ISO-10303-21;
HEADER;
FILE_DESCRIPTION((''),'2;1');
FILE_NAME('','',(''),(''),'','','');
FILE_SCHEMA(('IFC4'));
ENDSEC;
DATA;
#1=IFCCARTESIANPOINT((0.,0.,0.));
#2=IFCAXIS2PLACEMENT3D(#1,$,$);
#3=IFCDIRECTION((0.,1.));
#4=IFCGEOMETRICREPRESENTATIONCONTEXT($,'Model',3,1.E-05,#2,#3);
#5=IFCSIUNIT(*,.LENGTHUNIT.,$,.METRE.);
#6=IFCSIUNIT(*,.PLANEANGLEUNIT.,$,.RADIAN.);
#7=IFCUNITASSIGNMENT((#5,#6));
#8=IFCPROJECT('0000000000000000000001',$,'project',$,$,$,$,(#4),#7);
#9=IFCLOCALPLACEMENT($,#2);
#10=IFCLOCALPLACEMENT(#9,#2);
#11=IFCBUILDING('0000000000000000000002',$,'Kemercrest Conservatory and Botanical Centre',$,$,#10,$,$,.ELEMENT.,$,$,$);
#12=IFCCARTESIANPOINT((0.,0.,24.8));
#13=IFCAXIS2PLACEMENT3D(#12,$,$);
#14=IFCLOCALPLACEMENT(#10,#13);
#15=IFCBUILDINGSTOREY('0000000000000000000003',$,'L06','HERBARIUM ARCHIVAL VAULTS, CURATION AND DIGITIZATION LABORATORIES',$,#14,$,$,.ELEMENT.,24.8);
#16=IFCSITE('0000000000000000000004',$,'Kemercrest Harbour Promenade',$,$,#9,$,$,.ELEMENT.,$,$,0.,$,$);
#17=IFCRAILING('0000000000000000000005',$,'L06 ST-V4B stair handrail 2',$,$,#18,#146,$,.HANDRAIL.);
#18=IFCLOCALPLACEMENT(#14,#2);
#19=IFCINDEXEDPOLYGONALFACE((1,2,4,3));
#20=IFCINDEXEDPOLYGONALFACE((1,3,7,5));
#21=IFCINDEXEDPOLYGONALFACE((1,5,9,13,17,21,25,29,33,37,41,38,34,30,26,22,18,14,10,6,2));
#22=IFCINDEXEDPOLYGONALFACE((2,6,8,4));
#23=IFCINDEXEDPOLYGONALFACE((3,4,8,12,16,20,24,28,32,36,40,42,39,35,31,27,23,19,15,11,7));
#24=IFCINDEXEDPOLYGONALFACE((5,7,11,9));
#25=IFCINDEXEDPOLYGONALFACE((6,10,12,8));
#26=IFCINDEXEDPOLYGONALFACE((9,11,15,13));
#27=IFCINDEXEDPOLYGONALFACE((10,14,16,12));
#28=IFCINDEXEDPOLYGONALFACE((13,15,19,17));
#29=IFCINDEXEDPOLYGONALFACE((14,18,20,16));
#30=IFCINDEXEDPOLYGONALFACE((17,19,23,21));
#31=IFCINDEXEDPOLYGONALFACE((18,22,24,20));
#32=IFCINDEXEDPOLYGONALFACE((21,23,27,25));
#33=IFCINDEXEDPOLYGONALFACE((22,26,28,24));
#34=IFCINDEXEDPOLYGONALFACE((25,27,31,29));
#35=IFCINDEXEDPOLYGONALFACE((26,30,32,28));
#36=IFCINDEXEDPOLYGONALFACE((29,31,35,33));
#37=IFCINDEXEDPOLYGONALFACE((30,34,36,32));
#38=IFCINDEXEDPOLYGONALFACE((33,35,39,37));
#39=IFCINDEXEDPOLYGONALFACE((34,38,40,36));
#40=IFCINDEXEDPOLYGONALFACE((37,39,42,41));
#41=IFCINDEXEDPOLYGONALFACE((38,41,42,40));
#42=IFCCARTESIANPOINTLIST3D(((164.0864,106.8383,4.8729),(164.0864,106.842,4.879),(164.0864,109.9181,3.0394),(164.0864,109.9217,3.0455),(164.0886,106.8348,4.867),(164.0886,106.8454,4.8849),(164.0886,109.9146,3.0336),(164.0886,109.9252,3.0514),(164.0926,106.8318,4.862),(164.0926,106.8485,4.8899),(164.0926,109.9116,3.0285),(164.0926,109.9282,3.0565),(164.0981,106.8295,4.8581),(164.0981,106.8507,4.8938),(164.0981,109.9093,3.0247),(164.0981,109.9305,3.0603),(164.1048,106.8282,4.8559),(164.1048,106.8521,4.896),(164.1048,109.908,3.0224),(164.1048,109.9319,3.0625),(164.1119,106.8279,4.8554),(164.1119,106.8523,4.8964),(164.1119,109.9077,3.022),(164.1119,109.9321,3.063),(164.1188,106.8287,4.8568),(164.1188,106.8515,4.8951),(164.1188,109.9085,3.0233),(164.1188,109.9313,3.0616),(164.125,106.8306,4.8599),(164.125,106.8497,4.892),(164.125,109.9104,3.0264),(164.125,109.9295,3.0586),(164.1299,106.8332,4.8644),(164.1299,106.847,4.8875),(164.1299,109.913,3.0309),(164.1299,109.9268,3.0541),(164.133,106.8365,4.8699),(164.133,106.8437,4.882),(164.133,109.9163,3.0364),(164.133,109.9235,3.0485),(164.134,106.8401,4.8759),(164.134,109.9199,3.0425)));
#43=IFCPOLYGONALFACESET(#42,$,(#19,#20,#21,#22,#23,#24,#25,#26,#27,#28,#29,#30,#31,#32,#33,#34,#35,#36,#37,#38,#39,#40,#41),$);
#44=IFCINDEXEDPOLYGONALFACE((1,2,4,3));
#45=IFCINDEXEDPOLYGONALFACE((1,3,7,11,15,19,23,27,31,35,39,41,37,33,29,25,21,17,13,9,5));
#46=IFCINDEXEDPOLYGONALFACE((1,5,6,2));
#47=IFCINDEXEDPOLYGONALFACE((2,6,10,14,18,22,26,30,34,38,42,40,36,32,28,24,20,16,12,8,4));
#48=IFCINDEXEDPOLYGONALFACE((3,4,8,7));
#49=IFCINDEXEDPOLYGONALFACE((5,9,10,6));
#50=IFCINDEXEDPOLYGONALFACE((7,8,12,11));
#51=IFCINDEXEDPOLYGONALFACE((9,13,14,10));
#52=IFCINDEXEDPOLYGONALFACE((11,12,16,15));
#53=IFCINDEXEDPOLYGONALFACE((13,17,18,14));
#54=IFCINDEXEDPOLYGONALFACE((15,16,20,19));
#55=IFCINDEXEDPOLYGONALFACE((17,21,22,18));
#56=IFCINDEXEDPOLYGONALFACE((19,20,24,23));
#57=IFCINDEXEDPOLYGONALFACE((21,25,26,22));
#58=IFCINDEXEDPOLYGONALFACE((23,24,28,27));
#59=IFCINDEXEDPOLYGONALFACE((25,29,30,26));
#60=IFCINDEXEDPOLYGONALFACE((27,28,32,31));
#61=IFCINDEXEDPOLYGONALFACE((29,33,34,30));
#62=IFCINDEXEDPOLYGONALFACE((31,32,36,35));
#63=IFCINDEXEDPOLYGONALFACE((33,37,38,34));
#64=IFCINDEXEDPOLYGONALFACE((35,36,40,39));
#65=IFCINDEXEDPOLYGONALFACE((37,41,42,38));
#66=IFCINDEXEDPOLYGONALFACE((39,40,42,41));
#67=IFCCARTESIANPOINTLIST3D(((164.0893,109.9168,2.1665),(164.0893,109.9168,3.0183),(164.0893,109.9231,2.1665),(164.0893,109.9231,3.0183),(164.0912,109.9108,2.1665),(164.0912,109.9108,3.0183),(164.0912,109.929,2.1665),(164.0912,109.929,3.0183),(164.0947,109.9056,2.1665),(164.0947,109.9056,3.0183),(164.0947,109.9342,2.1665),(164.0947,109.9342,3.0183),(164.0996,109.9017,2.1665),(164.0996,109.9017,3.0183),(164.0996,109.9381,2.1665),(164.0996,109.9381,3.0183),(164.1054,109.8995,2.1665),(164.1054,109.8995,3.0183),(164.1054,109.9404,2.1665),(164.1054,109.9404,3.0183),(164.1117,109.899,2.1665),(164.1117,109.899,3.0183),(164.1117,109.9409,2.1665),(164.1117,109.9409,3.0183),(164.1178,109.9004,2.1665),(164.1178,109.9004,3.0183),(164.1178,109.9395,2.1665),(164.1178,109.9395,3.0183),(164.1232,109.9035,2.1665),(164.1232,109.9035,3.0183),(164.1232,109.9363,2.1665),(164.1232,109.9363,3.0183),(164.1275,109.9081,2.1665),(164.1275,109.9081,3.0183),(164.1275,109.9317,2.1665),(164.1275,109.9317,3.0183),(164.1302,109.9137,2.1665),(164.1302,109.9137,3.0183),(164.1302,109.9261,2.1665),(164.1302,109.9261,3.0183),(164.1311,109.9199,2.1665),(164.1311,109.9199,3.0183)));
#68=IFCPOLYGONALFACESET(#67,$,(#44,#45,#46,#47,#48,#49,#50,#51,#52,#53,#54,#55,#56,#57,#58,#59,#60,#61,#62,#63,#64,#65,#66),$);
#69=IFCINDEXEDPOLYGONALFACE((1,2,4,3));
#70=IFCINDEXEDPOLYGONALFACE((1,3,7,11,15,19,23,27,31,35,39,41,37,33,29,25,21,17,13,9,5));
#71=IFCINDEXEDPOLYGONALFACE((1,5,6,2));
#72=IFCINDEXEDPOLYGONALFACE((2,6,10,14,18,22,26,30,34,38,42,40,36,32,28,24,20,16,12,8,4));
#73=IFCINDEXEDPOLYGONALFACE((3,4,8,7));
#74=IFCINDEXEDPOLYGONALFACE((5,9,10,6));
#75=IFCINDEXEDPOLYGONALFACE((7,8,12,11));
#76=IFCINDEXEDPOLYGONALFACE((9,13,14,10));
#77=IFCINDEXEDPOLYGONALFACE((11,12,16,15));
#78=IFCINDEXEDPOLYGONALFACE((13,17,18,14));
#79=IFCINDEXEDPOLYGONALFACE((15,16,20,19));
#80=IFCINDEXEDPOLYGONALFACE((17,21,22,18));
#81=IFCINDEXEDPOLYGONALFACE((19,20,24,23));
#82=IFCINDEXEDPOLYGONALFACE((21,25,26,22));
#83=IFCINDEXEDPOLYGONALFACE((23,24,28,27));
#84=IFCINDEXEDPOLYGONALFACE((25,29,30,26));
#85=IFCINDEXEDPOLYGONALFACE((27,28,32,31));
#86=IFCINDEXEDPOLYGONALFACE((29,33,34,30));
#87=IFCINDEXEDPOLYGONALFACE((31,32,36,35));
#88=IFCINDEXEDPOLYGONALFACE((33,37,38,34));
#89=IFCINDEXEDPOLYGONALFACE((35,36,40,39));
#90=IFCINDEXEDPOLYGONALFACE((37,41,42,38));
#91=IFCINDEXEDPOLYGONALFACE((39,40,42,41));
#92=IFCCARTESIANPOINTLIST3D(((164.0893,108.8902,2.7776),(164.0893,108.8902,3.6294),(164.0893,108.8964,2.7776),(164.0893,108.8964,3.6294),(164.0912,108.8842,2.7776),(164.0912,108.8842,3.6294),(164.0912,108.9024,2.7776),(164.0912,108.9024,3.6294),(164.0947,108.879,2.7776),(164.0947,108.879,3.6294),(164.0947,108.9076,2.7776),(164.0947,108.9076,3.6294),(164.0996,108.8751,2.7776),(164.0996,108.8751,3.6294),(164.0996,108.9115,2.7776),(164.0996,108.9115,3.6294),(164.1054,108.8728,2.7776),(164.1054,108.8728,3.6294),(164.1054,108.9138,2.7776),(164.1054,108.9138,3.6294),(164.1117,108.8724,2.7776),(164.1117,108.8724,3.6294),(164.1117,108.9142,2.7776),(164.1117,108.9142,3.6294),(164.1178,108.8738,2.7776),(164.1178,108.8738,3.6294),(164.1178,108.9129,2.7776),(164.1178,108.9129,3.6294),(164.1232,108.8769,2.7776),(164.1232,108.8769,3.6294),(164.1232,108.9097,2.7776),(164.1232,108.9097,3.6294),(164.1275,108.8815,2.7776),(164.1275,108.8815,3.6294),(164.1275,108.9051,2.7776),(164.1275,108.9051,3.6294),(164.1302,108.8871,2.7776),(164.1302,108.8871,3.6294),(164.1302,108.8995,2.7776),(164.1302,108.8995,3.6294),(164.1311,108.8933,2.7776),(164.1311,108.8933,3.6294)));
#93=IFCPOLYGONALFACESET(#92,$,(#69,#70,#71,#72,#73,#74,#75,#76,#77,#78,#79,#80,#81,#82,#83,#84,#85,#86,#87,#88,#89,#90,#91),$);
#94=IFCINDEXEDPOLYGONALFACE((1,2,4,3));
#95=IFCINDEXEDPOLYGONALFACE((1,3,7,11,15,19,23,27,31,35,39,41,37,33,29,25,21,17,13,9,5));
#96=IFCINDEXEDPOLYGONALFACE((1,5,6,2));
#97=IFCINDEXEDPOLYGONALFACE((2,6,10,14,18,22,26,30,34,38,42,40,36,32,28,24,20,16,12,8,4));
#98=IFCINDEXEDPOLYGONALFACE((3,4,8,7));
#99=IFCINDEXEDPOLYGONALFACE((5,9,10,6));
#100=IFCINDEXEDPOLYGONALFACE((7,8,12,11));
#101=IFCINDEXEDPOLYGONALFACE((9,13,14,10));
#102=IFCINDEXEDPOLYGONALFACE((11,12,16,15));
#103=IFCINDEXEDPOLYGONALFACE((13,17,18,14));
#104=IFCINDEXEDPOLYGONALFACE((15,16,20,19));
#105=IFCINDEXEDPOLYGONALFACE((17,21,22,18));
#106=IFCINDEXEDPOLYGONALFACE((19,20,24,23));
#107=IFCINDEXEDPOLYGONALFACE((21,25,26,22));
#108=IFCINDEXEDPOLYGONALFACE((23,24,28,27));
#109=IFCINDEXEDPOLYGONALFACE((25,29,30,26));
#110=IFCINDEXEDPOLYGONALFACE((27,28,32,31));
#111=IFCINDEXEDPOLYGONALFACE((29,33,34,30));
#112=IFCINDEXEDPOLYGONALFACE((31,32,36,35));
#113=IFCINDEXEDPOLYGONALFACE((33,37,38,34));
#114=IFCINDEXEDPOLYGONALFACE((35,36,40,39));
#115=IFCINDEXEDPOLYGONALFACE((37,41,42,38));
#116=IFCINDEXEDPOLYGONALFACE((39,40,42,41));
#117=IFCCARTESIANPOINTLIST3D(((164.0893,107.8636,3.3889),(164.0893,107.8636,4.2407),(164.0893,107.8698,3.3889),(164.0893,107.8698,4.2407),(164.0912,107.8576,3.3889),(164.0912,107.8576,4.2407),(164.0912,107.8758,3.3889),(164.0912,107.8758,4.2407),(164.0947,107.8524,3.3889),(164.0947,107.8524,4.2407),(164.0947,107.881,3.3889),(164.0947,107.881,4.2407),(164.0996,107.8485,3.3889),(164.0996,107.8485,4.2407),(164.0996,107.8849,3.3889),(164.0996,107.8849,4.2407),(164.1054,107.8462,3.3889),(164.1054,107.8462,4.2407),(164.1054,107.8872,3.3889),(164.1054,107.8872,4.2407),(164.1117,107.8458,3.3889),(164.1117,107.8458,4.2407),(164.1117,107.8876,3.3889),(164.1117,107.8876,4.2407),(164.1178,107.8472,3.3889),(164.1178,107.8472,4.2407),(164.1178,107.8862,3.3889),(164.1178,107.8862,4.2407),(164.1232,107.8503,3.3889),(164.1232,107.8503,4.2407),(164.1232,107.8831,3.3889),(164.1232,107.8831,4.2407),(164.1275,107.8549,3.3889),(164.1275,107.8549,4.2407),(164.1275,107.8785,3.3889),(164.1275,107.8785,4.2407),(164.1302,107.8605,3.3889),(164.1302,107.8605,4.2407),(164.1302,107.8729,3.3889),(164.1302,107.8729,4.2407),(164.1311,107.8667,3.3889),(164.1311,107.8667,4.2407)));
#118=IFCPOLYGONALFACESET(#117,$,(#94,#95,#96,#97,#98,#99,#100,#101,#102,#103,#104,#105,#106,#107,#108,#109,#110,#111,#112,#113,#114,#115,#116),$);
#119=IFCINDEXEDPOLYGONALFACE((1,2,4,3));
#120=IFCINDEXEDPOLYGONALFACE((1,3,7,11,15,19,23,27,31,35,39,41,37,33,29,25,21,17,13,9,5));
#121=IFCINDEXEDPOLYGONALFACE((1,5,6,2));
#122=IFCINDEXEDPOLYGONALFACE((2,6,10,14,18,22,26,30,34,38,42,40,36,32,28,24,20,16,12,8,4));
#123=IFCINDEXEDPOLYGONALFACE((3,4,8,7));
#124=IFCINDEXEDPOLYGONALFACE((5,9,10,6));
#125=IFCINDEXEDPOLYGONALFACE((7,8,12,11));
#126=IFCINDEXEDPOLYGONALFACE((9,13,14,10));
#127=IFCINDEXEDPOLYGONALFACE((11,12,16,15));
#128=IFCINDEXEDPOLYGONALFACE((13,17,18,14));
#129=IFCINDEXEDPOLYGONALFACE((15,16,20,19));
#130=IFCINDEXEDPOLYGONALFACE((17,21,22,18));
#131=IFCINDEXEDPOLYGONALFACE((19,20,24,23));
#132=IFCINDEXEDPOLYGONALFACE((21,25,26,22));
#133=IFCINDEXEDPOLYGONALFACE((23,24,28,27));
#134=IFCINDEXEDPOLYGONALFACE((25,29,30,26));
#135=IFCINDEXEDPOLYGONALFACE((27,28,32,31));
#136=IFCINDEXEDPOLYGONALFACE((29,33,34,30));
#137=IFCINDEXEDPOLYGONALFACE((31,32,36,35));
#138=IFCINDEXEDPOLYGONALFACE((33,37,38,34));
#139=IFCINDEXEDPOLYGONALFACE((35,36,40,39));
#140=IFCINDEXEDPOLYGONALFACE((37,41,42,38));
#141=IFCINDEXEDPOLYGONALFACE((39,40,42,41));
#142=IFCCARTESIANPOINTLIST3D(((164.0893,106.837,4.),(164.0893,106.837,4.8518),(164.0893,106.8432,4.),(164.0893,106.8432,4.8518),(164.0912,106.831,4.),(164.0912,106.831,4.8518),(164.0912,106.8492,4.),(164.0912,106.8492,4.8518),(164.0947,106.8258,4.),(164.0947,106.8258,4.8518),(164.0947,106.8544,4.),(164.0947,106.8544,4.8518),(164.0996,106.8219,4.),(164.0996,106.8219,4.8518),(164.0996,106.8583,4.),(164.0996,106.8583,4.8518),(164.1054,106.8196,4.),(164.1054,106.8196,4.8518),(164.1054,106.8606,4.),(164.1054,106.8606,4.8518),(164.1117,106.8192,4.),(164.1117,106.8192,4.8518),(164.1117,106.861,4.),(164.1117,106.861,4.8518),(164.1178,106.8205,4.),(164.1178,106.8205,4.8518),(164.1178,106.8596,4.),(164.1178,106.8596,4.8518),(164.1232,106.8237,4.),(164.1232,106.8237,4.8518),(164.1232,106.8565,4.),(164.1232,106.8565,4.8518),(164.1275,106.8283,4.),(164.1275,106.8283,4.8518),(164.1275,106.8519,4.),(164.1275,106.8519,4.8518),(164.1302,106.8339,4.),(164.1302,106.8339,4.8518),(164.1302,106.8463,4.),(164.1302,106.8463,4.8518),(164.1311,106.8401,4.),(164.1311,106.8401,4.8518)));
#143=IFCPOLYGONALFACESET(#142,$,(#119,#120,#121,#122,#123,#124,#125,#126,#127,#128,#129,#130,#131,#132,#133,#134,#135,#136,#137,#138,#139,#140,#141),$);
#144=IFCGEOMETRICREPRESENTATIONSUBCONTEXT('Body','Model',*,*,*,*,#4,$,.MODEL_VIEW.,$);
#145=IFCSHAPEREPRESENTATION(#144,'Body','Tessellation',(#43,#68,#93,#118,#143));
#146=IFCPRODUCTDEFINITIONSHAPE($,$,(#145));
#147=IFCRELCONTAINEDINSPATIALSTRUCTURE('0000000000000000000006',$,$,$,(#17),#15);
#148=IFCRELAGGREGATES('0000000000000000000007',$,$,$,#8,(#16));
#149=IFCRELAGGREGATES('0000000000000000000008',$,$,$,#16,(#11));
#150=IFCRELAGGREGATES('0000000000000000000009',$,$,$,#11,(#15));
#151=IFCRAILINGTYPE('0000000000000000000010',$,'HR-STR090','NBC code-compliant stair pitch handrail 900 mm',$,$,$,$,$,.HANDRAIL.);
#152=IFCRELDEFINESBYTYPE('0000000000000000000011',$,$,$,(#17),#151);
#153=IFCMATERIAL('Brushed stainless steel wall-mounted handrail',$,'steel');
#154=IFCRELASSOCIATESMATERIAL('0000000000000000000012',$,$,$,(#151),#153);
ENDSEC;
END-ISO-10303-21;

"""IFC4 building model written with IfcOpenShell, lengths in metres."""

from ifc_helpers import new_model, si_unit, direction, frame, origin, origin_2d, place, context, subcontext, project, spatial, circle, extrude, material, type_object, element, save


model = new_model("IFC4")

# Units and contexts
model_context = context("Model", 3, precision=1e-05, world=origin(), true_north=direction((0.0, 1.0)))
body_context = subcontext(model_context, "Body", "Model", "MODEL_VIEW")
ifc_project = project(units=[si_unit("LENGTHUNIT", "METRE"), si_unit("PLANEANGLEUNIT", "RADIAN")], contexts=[model_context])

# Site, building, storey
site_placement = place(None, origin())
site = spatial("IfcSite", under=ifc_project, at=site_placement, Name="Kemercrest Harbour Promenade", CompositionType="ELEMENT", RefElevation=0.0)
building_placement = place(site_placement, origin())
building = spatial("IfcBuilding", under=site, at=building_placement, Name="Kemercrest Conservatory and Botanical Centre", CompositionType="ELEMENT")
storey_placement = place(building_placement, frame((0.0, 0.0, 24.8)))
storey = spatial("IfcBuildingStorey", under=building, at=storey_placement, Name="L06", Description="HERBARIUM ARCHIVAL VAULTS, CURATION AND DIGITIZATION LABORATORIES", CompositionType="ELEMENT", Elevation=24.8)

# Railing
ifc_material_1 = material(Name="Brushed stainless steel wall-mounted handrail", Category="steel")
railing_type_1 = type_object("IfcRailingType", Name="HR-STR090", Description="NBC code-compliant stair pitch handrail 900 mm", PredefinedType="HANDRAIL", material=ifc_material_1)
for number, where, name in (
    (1, (164.1101, 109.9199, 2.1665), "L06 ST-V4B stair handrail 2"),
):
    element("IfcRailing", number, at=place(storey_placement, frame(where)), inside=storey, type_object=railing_type_1, Name=name, PredefinedType="HANDRAIL", context=body_context, shape_type="SweptSolid", body=[
        extrude(circle(Radius=0.0239, at=origin_2d()), frame((0.0, 0.0, 0.876), z_axis=(0.0, -0.859261, 0.511538), x_axis=(1.0, 0.0, 0.0)), (0.0, 0.0, 1.0), 3.5842),
        extrude(circle(Radius=0.021, at=origin_2d()), origin(), (0.0, 0.0, 1.0), 0.8518),
        extrude(circle(Radius=0.021, at=origin_2d()), frame((0.0, -1.0266, 0.6111)), (0.0, 0.0, 1.0), 0.8518),
        extrude(circle(Radius=0.021, at=origin_2d()), frame((0.0, -2.0532, 1.2224)), (0.0, 0.0, 1.0), 0.8518),
        extrude(circle(Radius=0.021, at=origin_2d()), frame((0.0, -3.0798, 1.8335)), (0.0, 0.0, 1.0), 0.8518),
    ])

save(model, "model.ifc")
